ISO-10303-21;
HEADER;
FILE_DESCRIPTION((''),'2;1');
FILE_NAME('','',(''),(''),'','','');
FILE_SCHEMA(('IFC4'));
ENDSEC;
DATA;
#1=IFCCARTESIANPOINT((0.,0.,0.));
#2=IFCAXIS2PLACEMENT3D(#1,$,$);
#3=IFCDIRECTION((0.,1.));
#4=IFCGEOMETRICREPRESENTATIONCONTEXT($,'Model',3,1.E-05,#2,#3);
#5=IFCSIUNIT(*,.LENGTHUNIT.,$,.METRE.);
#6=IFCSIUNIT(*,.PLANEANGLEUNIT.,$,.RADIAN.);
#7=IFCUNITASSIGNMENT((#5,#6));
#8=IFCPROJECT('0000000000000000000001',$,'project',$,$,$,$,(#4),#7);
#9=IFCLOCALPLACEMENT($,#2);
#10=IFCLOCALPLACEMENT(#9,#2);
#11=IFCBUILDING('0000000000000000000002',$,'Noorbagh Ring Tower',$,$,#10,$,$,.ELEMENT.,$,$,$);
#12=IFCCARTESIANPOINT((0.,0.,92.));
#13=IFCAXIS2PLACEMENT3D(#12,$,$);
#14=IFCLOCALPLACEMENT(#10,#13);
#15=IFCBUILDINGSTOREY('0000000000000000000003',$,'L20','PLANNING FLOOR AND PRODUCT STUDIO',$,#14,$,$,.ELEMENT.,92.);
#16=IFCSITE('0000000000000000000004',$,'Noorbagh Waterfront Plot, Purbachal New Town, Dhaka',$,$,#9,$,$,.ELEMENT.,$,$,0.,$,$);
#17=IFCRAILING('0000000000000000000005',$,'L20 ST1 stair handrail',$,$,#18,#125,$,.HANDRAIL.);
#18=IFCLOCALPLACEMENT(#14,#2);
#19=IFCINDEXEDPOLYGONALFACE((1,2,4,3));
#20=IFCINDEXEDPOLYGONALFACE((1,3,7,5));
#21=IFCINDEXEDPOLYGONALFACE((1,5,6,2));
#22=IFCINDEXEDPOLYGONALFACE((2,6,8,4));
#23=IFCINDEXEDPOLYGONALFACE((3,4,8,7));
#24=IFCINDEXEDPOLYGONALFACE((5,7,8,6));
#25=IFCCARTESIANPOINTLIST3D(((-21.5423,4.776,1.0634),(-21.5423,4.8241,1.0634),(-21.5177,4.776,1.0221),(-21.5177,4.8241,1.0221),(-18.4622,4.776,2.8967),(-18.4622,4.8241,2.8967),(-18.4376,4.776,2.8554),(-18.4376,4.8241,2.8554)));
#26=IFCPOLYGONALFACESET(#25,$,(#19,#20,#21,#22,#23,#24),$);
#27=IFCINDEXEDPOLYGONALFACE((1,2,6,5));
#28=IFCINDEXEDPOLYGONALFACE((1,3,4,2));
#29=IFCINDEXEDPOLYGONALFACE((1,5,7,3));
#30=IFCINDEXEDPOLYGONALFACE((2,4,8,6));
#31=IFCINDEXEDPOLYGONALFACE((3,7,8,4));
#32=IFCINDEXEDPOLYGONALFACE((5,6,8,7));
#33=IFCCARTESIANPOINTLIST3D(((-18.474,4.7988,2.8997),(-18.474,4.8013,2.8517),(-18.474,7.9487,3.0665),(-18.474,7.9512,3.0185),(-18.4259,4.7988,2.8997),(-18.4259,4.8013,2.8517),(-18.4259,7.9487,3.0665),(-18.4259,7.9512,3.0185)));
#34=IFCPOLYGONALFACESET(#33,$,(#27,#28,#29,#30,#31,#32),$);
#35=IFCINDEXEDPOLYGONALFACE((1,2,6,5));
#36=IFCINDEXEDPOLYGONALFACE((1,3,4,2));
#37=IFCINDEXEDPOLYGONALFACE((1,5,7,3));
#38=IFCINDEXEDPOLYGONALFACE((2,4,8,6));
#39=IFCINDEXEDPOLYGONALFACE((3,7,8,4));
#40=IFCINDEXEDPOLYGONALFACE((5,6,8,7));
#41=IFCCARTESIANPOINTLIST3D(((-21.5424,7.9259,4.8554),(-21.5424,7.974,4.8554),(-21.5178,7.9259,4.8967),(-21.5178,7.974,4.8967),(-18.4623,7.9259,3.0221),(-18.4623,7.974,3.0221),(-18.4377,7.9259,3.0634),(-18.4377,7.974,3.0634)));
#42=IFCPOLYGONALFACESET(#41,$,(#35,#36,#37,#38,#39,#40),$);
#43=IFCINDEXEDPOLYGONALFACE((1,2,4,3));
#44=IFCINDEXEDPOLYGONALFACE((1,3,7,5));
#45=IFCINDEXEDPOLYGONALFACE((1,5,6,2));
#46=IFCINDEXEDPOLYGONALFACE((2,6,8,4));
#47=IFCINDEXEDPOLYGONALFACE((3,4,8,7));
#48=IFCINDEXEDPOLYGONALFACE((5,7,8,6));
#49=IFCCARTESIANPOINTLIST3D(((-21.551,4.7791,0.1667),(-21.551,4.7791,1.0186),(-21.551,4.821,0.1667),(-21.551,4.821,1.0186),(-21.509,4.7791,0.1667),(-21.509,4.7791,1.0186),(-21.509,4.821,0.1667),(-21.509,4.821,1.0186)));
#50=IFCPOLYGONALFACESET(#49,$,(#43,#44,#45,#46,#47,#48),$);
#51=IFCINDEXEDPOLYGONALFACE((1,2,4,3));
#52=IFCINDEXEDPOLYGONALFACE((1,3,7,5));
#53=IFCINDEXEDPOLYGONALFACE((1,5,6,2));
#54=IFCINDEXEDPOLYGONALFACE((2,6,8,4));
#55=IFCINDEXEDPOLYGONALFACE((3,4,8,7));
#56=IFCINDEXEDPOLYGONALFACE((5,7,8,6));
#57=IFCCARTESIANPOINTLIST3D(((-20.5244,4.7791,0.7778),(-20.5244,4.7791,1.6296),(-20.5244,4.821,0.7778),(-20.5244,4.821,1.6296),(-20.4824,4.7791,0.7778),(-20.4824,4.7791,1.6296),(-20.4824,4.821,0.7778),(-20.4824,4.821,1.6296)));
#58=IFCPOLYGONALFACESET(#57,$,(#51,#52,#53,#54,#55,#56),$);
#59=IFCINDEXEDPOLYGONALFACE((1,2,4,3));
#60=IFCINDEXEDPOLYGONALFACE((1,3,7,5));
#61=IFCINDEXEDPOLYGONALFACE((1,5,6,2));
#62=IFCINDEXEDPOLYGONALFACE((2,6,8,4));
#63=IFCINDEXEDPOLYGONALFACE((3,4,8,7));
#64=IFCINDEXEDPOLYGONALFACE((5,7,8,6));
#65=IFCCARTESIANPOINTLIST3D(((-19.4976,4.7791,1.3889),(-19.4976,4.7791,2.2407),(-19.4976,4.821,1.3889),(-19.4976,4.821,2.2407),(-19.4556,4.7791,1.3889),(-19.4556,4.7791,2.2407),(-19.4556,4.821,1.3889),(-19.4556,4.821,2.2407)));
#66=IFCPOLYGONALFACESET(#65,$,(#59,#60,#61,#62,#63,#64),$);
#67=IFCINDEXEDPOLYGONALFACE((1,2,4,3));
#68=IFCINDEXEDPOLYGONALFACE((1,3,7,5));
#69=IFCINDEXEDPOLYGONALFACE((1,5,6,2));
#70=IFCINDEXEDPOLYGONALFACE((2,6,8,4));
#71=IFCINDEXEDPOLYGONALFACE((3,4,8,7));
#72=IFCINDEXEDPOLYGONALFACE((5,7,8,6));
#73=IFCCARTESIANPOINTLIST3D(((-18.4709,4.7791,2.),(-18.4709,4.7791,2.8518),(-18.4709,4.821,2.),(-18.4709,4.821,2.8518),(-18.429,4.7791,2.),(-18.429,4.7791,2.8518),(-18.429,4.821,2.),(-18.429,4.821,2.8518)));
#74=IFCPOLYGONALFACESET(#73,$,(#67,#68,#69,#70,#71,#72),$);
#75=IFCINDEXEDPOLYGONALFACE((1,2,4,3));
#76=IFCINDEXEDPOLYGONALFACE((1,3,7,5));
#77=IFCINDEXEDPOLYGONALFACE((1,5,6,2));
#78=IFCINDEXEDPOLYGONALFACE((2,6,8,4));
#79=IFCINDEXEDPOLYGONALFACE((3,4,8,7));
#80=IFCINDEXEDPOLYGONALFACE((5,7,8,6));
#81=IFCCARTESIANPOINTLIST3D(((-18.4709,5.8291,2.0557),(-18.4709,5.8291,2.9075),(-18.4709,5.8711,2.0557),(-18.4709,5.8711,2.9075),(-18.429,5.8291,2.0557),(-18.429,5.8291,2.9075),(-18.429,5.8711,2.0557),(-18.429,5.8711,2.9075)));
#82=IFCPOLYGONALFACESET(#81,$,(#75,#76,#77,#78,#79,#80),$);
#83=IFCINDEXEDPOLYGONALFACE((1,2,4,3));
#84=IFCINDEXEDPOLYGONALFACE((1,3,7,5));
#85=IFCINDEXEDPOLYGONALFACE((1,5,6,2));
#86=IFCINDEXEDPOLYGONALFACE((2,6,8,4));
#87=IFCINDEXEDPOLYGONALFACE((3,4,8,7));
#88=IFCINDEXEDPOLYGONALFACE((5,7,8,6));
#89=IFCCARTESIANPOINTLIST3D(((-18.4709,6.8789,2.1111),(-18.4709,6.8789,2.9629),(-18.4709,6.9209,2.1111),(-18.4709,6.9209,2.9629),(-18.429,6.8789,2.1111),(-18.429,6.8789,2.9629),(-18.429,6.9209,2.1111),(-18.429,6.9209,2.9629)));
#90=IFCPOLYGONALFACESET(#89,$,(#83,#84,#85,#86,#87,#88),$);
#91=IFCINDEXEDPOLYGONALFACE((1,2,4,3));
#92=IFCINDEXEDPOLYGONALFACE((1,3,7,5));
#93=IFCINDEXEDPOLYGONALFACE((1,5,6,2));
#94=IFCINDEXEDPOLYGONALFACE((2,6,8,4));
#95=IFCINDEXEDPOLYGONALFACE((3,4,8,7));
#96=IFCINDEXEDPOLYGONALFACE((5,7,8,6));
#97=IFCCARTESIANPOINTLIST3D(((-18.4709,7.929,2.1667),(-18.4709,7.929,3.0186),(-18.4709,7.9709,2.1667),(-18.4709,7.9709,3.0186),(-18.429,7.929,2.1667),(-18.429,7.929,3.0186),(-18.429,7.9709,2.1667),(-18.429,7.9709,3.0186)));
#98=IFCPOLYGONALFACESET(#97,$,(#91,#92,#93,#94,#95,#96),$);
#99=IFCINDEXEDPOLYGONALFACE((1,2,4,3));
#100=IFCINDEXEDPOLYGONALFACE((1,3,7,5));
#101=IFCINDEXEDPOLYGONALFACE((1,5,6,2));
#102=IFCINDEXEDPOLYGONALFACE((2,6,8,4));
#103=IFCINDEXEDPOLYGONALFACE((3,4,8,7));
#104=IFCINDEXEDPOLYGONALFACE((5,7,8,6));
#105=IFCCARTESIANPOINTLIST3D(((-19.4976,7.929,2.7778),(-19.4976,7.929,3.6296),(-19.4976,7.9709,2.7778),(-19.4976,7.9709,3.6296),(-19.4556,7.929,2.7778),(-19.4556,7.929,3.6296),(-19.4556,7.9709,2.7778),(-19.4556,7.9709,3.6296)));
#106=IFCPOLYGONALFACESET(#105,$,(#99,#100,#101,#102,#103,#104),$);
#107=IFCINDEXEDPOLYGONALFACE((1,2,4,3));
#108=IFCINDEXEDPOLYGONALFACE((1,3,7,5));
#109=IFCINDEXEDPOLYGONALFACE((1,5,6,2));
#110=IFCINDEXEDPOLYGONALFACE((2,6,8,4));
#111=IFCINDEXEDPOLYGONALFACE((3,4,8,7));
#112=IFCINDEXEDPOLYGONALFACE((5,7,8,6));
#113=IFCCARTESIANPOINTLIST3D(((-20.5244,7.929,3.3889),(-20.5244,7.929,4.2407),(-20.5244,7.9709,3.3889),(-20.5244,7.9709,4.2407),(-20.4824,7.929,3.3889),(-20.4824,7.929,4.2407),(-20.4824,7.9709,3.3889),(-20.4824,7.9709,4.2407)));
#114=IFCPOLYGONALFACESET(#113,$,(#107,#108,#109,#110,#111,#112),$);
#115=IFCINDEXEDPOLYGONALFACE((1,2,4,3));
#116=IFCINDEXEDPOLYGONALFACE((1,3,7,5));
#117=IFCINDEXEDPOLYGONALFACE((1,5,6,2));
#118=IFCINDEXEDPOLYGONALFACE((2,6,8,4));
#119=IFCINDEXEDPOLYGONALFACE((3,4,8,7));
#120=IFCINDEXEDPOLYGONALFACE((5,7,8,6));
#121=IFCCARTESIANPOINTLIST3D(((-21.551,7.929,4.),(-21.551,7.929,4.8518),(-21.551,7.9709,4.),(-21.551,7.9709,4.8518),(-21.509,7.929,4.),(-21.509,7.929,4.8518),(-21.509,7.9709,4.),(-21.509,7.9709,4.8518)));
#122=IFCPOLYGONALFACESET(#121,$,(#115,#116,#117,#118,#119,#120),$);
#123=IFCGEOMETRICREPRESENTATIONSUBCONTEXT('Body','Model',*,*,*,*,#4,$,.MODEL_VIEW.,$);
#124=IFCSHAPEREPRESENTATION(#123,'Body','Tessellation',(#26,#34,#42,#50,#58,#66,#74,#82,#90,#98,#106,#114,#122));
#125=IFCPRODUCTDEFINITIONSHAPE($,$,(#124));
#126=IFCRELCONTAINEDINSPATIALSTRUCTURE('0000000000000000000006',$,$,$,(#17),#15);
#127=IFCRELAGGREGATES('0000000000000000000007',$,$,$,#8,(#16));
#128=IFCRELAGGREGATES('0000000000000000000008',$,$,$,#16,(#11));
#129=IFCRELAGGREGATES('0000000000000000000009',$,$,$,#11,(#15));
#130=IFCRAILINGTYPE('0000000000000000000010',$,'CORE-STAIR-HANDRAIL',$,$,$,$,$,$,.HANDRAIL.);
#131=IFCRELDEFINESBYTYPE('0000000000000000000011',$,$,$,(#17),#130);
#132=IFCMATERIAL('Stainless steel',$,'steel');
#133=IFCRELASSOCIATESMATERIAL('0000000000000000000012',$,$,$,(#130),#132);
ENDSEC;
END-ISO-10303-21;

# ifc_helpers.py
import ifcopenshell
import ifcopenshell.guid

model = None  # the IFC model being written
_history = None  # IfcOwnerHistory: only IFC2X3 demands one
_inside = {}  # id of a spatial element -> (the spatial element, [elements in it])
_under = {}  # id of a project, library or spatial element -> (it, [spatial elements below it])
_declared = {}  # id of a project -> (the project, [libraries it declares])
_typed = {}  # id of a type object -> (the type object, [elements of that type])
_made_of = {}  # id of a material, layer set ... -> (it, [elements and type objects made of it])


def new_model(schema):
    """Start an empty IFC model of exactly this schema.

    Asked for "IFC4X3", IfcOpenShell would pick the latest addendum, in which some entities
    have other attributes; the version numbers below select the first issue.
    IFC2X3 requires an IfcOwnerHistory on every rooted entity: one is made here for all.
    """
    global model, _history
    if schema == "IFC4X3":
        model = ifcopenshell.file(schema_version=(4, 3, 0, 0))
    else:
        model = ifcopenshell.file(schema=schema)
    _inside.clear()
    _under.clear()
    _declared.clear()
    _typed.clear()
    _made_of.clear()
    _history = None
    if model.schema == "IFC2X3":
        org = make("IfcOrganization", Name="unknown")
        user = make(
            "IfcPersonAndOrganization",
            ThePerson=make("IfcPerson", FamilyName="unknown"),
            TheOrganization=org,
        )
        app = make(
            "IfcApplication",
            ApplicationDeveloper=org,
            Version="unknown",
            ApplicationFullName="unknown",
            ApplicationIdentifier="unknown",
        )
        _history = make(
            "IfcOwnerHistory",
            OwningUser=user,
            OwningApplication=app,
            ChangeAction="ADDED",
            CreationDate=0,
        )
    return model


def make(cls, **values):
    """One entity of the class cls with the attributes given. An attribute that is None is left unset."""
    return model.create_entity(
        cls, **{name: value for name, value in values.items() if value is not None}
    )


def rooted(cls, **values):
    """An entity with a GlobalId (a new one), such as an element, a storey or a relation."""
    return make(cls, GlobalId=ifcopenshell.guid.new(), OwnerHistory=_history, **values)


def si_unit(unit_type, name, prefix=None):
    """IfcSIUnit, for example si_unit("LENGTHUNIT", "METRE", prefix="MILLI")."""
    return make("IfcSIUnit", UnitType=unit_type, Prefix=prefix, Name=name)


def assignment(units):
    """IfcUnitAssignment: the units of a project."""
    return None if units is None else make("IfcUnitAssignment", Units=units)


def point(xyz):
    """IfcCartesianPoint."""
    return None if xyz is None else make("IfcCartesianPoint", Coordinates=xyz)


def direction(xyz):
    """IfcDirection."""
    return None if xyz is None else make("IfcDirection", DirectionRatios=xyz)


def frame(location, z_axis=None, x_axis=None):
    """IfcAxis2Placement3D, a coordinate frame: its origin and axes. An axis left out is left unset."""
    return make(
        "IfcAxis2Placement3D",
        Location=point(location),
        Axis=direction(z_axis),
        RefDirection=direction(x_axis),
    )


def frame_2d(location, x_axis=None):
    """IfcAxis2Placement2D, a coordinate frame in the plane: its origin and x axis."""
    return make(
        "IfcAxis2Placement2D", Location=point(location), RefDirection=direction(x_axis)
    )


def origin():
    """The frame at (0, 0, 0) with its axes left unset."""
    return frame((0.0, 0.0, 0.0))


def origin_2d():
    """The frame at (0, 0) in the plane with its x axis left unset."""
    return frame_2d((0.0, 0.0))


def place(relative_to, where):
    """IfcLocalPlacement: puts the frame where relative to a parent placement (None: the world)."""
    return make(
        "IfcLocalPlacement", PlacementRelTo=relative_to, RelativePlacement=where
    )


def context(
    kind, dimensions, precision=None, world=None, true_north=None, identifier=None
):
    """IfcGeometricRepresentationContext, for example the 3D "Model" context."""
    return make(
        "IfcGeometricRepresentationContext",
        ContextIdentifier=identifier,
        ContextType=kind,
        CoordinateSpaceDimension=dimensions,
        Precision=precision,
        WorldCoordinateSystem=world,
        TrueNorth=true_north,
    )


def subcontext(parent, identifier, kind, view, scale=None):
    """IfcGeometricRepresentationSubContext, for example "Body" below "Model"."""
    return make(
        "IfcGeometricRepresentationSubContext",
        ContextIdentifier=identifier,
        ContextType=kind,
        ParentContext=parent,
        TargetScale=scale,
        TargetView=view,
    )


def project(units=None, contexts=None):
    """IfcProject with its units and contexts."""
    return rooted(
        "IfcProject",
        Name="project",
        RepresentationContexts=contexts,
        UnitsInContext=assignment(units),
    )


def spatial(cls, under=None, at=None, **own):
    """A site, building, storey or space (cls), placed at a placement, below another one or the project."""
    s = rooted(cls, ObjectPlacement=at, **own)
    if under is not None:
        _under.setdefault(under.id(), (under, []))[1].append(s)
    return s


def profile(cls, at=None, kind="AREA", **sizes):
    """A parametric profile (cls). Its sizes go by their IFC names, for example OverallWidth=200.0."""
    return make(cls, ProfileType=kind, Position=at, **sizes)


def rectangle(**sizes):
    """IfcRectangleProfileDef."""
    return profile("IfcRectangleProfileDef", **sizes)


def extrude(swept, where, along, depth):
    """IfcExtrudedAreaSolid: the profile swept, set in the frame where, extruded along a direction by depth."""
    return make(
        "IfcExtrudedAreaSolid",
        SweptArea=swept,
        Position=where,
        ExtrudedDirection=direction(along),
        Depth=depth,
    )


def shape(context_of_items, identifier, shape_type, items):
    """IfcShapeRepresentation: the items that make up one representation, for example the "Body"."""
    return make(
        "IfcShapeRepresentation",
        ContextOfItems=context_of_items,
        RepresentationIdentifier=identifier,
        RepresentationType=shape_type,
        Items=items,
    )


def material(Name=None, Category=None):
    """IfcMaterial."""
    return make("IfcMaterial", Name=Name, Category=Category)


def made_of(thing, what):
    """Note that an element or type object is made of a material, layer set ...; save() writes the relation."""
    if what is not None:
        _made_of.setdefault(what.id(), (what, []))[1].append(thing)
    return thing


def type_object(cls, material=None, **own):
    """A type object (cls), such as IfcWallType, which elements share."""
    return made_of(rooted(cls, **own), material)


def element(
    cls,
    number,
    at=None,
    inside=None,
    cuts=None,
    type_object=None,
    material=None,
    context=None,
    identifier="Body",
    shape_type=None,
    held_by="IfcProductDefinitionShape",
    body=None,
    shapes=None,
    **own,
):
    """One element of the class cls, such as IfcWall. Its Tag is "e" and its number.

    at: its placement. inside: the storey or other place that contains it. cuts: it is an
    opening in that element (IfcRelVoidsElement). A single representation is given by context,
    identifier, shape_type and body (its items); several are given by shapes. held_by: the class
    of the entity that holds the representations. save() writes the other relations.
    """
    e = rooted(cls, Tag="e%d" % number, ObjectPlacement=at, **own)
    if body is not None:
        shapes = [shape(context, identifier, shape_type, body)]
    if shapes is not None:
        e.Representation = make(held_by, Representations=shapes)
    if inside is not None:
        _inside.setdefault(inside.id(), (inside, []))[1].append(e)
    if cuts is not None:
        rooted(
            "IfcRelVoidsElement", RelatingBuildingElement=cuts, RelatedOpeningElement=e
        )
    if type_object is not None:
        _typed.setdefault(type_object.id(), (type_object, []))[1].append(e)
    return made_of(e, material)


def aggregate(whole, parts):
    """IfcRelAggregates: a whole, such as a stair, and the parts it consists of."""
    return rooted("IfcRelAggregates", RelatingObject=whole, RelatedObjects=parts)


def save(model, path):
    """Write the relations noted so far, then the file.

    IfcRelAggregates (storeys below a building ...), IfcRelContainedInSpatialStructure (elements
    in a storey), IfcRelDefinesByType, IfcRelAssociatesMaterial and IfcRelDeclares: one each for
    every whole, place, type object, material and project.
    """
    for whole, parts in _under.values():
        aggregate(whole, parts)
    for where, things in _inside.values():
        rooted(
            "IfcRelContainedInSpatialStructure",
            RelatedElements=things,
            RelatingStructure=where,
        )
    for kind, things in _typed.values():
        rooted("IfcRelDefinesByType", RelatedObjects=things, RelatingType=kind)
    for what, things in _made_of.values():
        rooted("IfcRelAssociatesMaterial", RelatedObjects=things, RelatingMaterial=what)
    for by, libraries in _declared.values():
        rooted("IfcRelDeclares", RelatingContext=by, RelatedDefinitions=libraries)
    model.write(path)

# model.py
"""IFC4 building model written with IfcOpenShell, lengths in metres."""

from ifc_helpers import new_model, si_unit, direction, frame, origin, origin_2d, place, context, subcontext, project, spatial, rectangle, extrude, material, type_object, element, save


model = new_model("IFC4")

# Units and contexts
model_context = context("Model", 3, precision=1e-05, world=origin(), true_north=direction((0.0, 1.0)))
body_context = subcontext(model_context, "Body", "Model", "MODEL_VIEW")
ifc_project = project(units=[si_unit("LENGTHUNIT", "METRE"), si_unit("PLANEANGLEUNIT", "RADIAN")], contexts=[model_context])

# Site, building, storey
site_placement = place(None, origin())
site = spatial("IfcSite", under=ifc_project, at=site_placement, Name="Noorbagh Waterfront Plot, Purbachal New Town, Dhaka", CompositionType="ELEMENT", RefElevation=0.0)
building_placement = place(site_placement, origin())
building = spatial("IfcBuilding", under=site, at=building_placement, Name="Noorbagh Ring Tower", CompositionType="ELEMENT")
storey_placement = place(building_placement, frame((0.0, 0.0, 92.0)))
storey = spatial("IfcBuildingStorey", under=building, at=storey_placement, Name="L20", Description="PLANNING FLOOR AND PRODUCT STUDIO", CompositionType="ELEMENT", Elevation=92.0)

# Railing
ifc_material_1 = material(Name="Stainless steel", Category="steel")
railing_type_1 = type_object("IfcRailingType", Name="CORE-STAIR-HANDRAIL", PredefinedType="HANDRAIL", material=ifc_material_1)
railing_1_placement = place(storey_placement, frame((-21.53, 4.8, 0.1667)))
element("IfcRailing", 1, at=railing_1_placement, inside=storey, type_object=railing_type_1, Name="L20 ST1 stair handrail", PredefinedType="HANDRAIL", context=body_context, shape_type="SweptSolid", body=[
    extrude(rectangle(XDim=0.0481, YDim=0.0481, at=origin_2d()), frame((0.0, 0.0, 0.876), z_axis=(0.859309, 0.0, 0.511458), x_axis=(0.0, 1.0, 0.0)), (0.0, 0.0, 1.0), 3.5845),
    extrude(rectangle(XDim=0.0481, YDim=0.0481, at=origin_2d()), frame((3.0801, 0.0, 2.709), z_axis=(0.0, 0.998602, 0.052864), x_axis=(-1.0, 0.0, 0.0)), (0.0, 0.0, 1.0), 3.1543),
    extrude(rectangle(XDim=0.0481, YDim=0.0481, at=origin_2d()), frame((3.0801, 3.1499, 2.876), z_axis=(-0.859309, 0.0, 0.511458), x_axis=(0.0, -1.0, 0.0)), (0.0, 0.0, 1.0), 3.5845),
    extrude(rectangle(XDim=0.042, YDim=0.042, at=origin_2d()), origin(), (0.0, 0.0, 1.0), 0.8518),
    extrude(rectangle(XDim=0.042, YDim=0.042, at=origin_2d()), frame((1.0266, 0.0, 0.6111)), (0.0, 0.0, 1.0), 0.8518),
    extrude(rectangle(XDim=0.042, YDim=0.042, at=origin_2d()), frame((2.0535, 0.0, 1.2222)), (0.0, 0.0, 1.0), 0.8518),
    extrude(rectangle(XDim=0.042, YDim=0.042, at=origin_2d()), frame((3.0801, 0.0, 1.8333)), (0.0, 0.0, 1.0), 0.8518),
    extrude(rectangle(XDim=0.042, YDim=0.042, at=origin_2d()), frame((3.0801, 1.05, 1.8889)), (0.0, 0.0, 1.0), 0.8518),
    extrude(rectangle(XDim=0.042, YDim=0.042, at=origin_2d()), frame((3.0801, 2.0999, 1.9443)), (0.0, 0.0, 1.0), 0.8518),
    extrude(rectangle(XDim=0.042, YDim=0.042, at=origin_2d()), frame((3.0801, 3.1499, 2.0)), (0.0, 0.0, 1.0), 0.8518),
    extrude(rectangle(XDim=0.042, YDim=0.042, at=origin_2d()), frame((2.0535, 3.1499, 2.6111)), (0.0, 0.0, 1.0), 0.8518),
    extrude(rectangle(XDim=0.042, YDim=0.042, at=origin_2d()), frame((1.0266, 3.1499, 3.2222)), (0.0, 0.0, 1.0), 0.8518),
    extrude(rectangle(XDim=0.042, YDim=0.042, at=origin_2d()), frame((0.0, 3.1499, 3.8333)), (0.0, 0.0, 1.0), 0.8518),
])

save(model, "model.ifc")
